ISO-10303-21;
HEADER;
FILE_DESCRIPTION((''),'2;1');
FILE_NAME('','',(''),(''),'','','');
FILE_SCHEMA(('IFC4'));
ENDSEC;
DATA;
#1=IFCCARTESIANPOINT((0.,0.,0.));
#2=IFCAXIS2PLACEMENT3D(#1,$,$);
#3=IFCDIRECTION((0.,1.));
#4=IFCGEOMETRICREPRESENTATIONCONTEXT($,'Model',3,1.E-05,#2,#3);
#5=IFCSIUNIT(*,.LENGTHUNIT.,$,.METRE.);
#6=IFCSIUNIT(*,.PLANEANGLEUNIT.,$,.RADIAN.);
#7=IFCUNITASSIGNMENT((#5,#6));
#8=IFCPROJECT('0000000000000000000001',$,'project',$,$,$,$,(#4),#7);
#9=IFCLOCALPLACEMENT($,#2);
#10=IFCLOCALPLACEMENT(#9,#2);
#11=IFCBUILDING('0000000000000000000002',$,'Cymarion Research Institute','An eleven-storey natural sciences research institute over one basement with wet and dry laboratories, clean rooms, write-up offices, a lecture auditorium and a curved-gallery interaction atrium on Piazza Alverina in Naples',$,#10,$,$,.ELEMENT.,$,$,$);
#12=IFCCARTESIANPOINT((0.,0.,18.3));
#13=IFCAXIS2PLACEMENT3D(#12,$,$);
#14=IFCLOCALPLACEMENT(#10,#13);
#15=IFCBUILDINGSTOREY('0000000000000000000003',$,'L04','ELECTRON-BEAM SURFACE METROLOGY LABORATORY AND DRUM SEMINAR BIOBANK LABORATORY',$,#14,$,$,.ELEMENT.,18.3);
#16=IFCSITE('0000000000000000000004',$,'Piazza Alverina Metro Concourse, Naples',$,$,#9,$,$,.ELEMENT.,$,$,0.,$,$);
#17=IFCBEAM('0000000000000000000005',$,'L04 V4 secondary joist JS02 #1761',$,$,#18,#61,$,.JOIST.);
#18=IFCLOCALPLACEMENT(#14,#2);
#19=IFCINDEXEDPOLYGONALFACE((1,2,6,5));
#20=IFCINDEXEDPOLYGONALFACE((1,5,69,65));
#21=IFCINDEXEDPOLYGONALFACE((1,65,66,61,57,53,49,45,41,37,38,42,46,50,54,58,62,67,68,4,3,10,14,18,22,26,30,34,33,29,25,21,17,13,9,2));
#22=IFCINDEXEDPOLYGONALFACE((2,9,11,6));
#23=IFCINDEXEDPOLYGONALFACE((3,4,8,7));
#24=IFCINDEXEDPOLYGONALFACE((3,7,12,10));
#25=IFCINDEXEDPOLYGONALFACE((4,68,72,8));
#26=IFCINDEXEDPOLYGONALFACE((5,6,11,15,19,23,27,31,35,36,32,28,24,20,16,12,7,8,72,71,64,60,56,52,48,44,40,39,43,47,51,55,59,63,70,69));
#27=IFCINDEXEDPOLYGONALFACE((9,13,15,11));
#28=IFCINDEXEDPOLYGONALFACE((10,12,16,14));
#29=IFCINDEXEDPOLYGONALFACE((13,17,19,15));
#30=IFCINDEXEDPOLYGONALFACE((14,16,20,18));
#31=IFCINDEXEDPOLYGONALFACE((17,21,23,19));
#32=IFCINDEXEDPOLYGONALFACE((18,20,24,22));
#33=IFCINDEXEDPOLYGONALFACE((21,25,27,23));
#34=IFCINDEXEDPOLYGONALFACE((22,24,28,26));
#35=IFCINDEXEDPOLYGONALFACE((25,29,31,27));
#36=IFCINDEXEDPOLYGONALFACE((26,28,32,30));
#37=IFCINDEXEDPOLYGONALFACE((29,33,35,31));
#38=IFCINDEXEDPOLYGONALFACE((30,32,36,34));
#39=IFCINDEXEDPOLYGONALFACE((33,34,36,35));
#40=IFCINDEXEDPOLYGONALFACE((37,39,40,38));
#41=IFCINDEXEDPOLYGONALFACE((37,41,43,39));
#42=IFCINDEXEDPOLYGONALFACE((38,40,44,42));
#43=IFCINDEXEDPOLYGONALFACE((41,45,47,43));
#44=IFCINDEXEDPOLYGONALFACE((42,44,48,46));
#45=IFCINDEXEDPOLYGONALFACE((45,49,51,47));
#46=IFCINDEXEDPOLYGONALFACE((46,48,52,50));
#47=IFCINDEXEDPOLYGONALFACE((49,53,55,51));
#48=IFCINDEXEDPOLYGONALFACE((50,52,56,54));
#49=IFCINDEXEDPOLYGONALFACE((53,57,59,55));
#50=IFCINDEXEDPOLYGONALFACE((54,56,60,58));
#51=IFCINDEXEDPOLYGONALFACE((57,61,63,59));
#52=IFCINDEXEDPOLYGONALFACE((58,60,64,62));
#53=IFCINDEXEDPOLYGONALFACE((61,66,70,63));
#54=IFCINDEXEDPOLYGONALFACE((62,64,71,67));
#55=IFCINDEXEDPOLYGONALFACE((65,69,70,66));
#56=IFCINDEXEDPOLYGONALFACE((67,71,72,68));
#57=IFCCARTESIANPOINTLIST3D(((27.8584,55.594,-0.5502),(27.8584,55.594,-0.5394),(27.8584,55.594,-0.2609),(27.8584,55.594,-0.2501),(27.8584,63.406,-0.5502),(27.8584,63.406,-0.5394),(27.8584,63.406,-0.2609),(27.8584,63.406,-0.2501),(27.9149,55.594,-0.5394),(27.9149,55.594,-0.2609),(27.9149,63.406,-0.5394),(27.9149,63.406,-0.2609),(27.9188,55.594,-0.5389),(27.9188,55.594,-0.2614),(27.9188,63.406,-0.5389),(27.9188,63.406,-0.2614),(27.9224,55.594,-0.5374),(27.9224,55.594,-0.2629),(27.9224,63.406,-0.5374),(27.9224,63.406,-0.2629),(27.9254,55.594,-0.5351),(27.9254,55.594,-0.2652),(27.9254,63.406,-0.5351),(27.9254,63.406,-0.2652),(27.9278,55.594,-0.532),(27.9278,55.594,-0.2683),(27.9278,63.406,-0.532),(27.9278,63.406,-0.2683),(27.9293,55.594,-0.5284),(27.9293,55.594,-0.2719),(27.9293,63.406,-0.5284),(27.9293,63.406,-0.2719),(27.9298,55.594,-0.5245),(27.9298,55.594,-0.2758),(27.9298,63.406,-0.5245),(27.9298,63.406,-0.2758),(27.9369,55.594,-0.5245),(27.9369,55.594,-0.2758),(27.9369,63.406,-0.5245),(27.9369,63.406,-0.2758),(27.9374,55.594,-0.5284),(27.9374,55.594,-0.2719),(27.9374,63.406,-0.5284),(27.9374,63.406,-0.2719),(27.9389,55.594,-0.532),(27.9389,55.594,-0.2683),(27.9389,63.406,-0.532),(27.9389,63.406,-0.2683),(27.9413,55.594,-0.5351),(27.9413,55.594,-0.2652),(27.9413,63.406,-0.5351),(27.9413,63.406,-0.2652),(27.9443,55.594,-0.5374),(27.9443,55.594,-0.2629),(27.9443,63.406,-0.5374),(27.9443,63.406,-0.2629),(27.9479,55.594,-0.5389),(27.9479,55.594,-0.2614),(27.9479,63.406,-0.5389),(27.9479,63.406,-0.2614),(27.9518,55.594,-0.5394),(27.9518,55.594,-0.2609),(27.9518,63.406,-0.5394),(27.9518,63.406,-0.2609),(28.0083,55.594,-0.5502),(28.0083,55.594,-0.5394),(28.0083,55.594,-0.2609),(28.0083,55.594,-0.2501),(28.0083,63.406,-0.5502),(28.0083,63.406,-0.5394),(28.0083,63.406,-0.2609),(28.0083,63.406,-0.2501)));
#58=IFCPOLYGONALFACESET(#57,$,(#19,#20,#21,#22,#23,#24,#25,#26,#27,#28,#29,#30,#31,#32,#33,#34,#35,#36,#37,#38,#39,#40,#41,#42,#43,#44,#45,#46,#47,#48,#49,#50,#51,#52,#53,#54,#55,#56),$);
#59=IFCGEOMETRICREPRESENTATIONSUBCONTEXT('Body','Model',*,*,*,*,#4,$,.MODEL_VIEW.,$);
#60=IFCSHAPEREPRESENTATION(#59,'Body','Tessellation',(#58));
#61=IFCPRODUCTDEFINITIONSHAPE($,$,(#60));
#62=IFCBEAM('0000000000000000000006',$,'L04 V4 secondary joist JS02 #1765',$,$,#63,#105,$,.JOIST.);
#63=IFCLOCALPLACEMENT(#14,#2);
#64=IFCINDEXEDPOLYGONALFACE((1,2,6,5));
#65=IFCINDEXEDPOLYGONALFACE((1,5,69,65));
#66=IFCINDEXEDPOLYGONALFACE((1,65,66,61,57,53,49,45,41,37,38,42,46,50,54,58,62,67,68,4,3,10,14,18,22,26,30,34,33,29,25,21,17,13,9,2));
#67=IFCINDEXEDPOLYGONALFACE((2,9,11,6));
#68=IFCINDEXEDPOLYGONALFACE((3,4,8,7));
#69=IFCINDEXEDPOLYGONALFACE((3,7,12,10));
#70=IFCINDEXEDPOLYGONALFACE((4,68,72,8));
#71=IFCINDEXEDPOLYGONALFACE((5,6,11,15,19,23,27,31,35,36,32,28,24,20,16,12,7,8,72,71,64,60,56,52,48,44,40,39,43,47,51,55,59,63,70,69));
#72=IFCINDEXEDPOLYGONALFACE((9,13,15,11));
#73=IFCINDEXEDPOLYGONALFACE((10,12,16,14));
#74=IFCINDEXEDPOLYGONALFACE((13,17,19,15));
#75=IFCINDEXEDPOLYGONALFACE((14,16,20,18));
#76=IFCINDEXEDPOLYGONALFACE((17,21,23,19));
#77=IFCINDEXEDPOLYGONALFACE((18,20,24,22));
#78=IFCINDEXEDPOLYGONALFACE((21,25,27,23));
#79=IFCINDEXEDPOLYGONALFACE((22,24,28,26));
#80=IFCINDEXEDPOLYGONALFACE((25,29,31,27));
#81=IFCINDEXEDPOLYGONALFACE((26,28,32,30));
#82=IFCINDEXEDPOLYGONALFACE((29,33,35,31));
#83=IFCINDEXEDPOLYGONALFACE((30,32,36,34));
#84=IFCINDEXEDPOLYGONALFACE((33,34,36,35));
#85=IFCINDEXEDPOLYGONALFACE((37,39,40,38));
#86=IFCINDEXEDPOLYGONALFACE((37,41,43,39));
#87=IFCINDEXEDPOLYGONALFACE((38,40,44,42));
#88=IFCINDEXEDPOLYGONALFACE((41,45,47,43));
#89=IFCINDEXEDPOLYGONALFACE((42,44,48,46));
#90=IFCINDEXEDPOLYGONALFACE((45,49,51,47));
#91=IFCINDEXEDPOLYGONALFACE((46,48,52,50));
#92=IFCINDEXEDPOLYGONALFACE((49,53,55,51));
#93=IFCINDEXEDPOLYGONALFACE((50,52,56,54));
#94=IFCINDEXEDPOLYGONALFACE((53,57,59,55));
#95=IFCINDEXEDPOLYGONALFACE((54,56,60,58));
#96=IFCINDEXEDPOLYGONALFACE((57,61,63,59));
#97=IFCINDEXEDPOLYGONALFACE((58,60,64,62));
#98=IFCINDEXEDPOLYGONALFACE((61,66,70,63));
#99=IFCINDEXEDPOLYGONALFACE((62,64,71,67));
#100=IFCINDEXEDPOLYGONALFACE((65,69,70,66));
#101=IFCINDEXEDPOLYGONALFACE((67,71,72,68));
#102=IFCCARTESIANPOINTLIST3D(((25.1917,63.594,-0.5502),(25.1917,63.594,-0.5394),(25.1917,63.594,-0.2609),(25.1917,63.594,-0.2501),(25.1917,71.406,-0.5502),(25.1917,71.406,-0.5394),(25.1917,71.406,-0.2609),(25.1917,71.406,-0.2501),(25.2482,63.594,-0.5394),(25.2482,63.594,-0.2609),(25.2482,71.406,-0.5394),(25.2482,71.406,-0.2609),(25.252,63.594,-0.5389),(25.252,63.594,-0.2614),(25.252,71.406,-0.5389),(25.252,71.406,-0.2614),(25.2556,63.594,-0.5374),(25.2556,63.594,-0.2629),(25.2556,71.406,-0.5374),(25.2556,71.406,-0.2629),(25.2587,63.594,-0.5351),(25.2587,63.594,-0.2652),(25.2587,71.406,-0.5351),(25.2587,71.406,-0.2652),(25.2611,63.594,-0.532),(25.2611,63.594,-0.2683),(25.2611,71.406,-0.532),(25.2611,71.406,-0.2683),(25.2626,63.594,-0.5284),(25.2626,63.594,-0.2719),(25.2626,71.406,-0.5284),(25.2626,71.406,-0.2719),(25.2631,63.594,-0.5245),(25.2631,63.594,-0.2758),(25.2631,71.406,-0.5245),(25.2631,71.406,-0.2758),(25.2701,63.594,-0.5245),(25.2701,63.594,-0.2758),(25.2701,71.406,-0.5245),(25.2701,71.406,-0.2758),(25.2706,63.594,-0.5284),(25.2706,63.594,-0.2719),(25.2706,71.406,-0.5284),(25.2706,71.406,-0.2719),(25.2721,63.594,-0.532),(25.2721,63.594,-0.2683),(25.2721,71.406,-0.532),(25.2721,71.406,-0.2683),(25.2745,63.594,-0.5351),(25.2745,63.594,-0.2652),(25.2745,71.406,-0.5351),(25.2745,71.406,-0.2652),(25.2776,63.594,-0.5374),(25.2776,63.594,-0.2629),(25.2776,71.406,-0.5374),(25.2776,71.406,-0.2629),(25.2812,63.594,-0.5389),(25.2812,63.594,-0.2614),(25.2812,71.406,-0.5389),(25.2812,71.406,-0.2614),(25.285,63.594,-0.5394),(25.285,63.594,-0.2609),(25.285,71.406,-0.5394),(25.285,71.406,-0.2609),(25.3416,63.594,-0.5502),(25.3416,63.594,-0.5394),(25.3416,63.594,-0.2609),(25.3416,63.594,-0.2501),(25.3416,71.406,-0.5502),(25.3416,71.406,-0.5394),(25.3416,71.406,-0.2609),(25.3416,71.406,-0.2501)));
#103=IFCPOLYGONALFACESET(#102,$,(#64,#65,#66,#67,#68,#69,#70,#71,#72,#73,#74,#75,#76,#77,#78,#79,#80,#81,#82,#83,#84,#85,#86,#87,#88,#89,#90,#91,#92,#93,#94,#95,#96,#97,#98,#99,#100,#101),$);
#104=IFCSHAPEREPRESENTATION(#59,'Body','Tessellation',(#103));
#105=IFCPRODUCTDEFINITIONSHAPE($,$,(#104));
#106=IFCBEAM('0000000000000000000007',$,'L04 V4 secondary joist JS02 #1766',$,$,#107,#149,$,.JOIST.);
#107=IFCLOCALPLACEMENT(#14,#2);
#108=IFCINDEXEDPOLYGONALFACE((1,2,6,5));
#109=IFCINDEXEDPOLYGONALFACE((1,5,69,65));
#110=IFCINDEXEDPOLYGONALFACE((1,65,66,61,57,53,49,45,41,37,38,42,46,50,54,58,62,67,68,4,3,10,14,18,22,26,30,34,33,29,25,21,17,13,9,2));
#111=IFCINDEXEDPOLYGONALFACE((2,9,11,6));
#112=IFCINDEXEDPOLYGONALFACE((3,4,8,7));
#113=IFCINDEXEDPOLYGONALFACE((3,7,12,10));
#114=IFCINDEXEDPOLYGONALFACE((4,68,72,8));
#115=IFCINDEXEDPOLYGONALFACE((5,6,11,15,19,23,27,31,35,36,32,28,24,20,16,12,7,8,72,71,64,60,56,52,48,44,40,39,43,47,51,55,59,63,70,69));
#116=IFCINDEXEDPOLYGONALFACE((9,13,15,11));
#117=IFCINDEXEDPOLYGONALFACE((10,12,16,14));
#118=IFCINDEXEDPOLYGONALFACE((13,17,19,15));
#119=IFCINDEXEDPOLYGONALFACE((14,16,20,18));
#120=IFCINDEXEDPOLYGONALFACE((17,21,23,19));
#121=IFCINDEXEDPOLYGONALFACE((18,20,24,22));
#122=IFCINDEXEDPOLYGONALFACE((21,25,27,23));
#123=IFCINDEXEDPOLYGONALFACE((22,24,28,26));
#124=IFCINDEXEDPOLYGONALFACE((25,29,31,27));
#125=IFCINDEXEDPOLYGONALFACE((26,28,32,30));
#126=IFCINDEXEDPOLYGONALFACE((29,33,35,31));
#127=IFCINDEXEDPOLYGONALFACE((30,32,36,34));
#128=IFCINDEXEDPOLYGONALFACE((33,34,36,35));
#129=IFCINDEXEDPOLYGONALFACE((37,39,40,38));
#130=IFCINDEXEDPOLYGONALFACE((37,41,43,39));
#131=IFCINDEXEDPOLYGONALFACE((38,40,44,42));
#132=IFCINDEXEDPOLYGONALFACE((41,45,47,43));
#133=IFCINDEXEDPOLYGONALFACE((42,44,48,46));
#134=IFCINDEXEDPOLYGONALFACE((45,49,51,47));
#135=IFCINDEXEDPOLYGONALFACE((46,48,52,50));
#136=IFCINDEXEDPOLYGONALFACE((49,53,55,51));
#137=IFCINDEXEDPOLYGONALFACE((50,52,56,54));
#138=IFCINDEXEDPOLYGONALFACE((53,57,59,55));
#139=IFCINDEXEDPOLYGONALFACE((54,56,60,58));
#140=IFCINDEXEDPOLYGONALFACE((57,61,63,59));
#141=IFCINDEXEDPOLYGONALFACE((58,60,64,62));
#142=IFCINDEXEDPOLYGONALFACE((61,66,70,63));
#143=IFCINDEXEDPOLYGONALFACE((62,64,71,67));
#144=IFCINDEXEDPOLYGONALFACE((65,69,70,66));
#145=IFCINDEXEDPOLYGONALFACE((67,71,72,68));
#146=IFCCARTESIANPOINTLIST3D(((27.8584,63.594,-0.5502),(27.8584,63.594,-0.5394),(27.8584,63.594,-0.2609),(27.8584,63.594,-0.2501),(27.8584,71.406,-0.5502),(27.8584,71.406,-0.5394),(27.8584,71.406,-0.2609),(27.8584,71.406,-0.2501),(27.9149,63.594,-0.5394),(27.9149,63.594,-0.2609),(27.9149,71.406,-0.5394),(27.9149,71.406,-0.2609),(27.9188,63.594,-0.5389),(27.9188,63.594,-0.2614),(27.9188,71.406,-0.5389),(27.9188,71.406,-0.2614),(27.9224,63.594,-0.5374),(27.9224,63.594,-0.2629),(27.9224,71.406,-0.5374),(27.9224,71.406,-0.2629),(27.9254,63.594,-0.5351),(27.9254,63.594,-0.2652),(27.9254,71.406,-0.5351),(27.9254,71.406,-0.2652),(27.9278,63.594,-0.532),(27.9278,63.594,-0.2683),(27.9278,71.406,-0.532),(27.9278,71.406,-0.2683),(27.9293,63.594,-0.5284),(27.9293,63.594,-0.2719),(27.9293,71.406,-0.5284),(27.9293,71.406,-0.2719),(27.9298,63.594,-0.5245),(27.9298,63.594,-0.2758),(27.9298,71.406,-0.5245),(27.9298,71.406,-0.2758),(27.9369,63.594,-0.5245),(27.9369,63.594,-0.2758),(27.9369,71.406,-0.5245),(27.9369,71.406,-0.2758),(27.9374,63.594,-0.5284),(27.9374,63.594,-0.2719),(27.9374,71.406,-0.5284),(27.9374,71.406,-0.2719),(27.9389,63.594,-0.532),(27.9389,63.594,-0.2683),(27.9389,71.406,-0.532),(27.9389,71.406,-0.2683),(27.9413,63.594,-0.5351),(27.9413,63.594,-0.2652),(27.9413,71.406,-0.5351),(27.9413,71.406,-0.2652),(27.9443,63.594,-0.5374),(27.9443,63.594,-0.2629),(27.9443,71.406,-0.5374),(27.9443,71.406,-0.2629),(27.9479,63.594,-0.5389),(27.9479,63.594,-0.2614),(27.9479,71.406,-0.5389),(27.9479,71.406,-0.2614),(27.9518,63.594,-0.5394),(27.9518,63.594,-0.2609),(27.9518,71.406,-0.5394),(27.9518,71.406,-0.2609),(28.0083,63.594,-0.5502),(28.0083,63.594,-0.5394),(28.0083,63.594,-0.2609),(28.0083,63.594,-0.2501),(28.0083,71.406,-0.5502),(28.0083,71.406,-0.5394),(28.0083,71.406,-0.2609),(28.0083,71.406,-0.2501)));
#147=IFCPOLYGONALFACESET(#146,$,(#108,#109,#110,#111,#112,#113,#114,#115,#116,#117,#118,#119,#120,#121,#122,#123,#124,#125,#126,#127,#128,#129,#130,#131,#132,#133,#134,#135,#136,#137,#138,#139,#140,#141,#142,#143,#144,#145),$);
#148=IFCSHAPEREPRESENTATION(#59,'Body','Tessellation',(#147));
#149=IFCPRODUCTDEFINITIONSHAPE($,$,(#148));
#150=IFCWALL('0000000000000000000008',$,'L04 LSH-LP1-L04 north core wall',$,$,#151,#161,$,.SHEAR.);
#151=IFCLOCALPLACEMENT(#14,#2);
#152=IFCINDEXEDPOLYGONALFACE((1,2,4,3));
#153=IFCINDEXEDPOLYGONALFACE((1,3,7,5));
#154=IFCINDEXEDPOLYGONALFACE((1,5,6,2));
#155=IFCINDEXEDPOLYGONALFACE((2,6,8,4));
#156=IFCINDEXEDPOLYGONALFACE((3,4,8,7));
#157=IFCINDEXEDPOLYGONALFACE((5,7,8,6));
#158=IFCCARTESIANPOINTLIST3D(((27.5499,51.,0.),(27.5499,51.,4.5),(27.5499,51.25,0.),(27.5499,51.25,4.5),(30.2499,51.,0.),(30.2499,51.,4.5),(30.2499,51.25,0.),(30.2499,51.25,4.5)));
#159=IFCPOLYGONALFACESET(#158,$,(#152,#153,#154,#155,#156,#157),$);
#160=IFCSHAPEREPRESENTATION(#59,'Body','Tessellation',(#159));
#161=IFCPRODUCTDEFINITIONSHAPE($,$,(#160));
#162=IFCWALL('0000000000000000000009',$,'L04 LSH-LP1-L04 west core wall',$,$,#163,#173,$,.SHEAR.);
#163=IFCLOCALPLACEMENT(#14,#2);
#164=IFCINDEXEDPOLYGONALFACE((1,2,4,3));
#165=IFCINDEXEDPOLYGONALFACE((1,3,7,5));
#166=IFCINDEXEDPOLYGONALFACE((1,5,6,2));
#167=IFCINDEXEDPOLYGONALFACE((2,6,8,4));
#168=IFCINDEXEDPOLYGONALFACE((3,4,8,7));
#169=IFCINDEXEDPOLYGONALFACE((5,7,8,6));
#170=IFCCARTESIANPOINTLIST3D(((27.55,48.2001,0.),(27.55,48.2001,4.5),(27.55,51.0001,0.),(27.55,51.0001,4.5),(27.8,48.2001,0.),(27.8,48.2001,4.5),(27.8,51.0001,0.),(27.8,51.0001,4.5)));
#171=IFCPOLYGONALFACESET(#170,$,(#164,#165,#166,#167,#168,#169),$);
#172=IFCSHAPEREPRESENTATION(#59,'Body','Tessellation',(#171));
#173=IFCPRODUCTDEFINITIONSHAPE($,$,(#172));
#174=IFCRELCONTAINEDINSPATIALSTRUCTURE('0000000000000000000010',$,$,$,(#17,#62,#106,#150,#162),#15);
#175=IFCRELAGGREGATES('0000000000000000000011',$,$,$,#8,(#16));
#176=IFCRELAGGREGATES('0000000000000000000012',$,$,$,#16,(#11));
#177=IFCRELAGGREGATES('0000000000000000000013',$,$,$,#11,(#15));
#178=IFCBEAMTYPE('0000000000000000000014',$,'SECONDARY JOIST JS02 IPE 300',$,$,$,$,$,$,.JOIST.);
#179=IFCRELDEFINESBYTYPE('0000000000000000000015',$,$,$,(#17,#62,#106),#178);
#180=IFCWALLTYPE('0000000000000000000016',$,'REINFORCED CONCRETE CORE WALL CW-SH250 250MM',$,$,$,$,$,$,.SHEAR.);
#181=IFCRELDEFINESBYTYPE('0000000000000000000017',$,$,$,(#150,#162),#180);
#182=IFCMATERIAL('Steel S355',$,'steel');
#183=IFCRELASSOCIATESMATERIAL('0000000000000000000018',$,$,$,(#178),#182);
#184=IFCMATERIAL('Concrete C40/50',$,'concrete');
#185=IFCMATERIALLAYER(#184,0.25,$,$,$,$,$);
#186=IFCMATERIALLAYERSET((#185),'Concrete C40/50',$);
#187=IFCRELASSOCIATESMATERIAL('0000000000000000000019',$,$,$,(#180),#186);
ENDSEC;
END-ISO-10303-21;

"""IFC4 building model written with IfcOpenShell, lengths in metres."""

from ifc_helpers import new_model, si_unit, direction, frame, frame_2d, origin, origin_2d, place, context, subcontext, project, spatial, rectangle, i_section, extrude, material, layer, layer_set, material_profile, profile_set, type_object, element, save


model = new_model("IFC4")

# Units and contexts
model_context = context("Model", 3, precision=1e-05, world=origin(), true_north=direction((0.0, 1.0)))
body_context = subcontext(model_context, "Body", "Model", "MODEL_VIEW")
ifc_project = project(units=[si_unit("LENGTHUNIT", "METRE"), si_unit("PLANEANGLEUNIT", "RADIAN")], contexts=[model_context])

# Site, building, storey
site_placement = place(None, origin())
site = spatial("IfcSite", under=ifc_project, at=site_placement, Name="Piazza Alverina Metro Concourse, Naples", CompositionType="ELEMENT", RefElevation=0.0)
building_placement = place(site_placement, origin())
building = spatial("IfcBuilding", under=site, at=building_placement, Name="Cymarion Research Institute", Description="An eleven-storey natural sciences research institute over one basement with wet and dry laboratories, clean rooms, write-up offices, a lecture auditorium and a curved-gallery interaction atrium on Piazza Alverina in Naples", CompositionType="ELEMENT")
storey_placement = place(building_placement, frame((0.0, 0.0, 18.3)))
storey = spatial("IfcBuildingStorey", under=building, at=storey_placement, Name="L04", Description="ELECTRON-BEAM SURFACE METROLOGY LABORATORY AND DRUM SEMINAR BIOBANK LABORATORY", CompositionType="ELEMENT", Elevation=18.3)

# Shared definitions
ifc_material_1 = material(Name="Steel S355", Category="steel")
ifc_material_2 = material(Name="Concrete C40/50", Category="concrete")

# Beams
ifc_material_profile_1 = material_profile(ifc_material_1, i_section(OverallWidth=0.1499, OverallDepth=0.3, WebThickness=0.0071, FlangeThickness=0.0107, FilletRadius=0.0149, at=origin_2d()), Name="IPE 300")
ifc_profile_set_1 = profile_set([ifc_material_profile_1], Name="Steel S355")
beam_type_1 = type_object("IfcBeamType", Name="SECONDARY JOIST JS02 IPE 300", PredefinedType="JOIST", material=ifc_profile_set_1)
for number, where, z_axis, x_axis, name in (
    (1, (27.9333, 55.594, -0.4001), (0.0, 1.0, 0.0), (-1.0, 0.0, 0.0), "L04 V4 secondary joist JS02 #1761"),
    (2, (25.2666, 63.594, -0.4001), (0.0, 1.0, 0.0), (-1.0, 0.0, 0.0), "L04 V4 secondary joist JS02 #1765"),
    (3, (27.9333, 63.594, -0.4001), (0.0, 1.0, 0.0), (-1.0, 0.0, 0.0), "L04 V4 secondary joist JS02 #1766"),
):
    element("IfcBeam", number, at=place(storey_placement, frame(where, z_axis=z_axis, x_axis=x_axis)), inside=storey, type_object=beam_type_1, Name=name, PredefinedType="JOIST", context=body_context, shape_type="SweptSolid", body=[
        extrude(i_section(OverallWidth=0.1499, OverallDepth=0.3, WebThickness=0.0071, FlangeThickness=0.0107, FilletRadius=0.0149, at=origin_2d()), origin(), (0.0, 0.0, 1.0), 7.812),
    ])

# Walls
ifc_layer = layer(ifc_material_2, 0.25)
ifc_layer_set = layer_set([ifc_layer], Name="Concrete C40/50")
wall_type = type_object("IfcWallType", Name="REINFORCED CONCRETE CORE WALL CW-SH250 250MM", PredefinedType="SHEAR", material=ifc_layer_set)
wall_1_placement = place(storey_placement, frame((30.25, 51.125, 0.0), z_axis=(0.0, 0.0, 1.0), x_axis=(-1.0, 0.0, 0.0)))
element("IfcWall", 4, at=wall_1_placement, inside=storey, type_object=wall_type, Name="L04 LSH-LP1-L04 north core wall", PredefinedType="SHEAR", context=body_context, shape_type="SweptSolid", body=[
    extrude(rectangle(XDim=2.7, YDim=0.25, at=frame_2d((1.3501, 0.0))), origin(), (0.0, 0.0, 1.0), 4.5),
])
wall_2_placement = place(storey_placement, frame((27.675, 51.0, 0.0), z_axis=(0.0, 0.0, 1.0), x_axis=(0.0, -1.0, 0.0)))
element("IfcWall", 5, at=wall_2_placement, inside=storey, type_object=wall_type, Name="L04 LSH-LP1-L04 west core wall", PredefinedType="SHEAR", context=body_context, shape_type="SweptSolid", body=[
    extrude(rectangle(XDim=2.8, YDim=0.25, at=frame_2d((1.3999, 0.0))), origin(), (0.0, 0.0, 1.0), 4.5),
])

save(model, "model.ifc")
